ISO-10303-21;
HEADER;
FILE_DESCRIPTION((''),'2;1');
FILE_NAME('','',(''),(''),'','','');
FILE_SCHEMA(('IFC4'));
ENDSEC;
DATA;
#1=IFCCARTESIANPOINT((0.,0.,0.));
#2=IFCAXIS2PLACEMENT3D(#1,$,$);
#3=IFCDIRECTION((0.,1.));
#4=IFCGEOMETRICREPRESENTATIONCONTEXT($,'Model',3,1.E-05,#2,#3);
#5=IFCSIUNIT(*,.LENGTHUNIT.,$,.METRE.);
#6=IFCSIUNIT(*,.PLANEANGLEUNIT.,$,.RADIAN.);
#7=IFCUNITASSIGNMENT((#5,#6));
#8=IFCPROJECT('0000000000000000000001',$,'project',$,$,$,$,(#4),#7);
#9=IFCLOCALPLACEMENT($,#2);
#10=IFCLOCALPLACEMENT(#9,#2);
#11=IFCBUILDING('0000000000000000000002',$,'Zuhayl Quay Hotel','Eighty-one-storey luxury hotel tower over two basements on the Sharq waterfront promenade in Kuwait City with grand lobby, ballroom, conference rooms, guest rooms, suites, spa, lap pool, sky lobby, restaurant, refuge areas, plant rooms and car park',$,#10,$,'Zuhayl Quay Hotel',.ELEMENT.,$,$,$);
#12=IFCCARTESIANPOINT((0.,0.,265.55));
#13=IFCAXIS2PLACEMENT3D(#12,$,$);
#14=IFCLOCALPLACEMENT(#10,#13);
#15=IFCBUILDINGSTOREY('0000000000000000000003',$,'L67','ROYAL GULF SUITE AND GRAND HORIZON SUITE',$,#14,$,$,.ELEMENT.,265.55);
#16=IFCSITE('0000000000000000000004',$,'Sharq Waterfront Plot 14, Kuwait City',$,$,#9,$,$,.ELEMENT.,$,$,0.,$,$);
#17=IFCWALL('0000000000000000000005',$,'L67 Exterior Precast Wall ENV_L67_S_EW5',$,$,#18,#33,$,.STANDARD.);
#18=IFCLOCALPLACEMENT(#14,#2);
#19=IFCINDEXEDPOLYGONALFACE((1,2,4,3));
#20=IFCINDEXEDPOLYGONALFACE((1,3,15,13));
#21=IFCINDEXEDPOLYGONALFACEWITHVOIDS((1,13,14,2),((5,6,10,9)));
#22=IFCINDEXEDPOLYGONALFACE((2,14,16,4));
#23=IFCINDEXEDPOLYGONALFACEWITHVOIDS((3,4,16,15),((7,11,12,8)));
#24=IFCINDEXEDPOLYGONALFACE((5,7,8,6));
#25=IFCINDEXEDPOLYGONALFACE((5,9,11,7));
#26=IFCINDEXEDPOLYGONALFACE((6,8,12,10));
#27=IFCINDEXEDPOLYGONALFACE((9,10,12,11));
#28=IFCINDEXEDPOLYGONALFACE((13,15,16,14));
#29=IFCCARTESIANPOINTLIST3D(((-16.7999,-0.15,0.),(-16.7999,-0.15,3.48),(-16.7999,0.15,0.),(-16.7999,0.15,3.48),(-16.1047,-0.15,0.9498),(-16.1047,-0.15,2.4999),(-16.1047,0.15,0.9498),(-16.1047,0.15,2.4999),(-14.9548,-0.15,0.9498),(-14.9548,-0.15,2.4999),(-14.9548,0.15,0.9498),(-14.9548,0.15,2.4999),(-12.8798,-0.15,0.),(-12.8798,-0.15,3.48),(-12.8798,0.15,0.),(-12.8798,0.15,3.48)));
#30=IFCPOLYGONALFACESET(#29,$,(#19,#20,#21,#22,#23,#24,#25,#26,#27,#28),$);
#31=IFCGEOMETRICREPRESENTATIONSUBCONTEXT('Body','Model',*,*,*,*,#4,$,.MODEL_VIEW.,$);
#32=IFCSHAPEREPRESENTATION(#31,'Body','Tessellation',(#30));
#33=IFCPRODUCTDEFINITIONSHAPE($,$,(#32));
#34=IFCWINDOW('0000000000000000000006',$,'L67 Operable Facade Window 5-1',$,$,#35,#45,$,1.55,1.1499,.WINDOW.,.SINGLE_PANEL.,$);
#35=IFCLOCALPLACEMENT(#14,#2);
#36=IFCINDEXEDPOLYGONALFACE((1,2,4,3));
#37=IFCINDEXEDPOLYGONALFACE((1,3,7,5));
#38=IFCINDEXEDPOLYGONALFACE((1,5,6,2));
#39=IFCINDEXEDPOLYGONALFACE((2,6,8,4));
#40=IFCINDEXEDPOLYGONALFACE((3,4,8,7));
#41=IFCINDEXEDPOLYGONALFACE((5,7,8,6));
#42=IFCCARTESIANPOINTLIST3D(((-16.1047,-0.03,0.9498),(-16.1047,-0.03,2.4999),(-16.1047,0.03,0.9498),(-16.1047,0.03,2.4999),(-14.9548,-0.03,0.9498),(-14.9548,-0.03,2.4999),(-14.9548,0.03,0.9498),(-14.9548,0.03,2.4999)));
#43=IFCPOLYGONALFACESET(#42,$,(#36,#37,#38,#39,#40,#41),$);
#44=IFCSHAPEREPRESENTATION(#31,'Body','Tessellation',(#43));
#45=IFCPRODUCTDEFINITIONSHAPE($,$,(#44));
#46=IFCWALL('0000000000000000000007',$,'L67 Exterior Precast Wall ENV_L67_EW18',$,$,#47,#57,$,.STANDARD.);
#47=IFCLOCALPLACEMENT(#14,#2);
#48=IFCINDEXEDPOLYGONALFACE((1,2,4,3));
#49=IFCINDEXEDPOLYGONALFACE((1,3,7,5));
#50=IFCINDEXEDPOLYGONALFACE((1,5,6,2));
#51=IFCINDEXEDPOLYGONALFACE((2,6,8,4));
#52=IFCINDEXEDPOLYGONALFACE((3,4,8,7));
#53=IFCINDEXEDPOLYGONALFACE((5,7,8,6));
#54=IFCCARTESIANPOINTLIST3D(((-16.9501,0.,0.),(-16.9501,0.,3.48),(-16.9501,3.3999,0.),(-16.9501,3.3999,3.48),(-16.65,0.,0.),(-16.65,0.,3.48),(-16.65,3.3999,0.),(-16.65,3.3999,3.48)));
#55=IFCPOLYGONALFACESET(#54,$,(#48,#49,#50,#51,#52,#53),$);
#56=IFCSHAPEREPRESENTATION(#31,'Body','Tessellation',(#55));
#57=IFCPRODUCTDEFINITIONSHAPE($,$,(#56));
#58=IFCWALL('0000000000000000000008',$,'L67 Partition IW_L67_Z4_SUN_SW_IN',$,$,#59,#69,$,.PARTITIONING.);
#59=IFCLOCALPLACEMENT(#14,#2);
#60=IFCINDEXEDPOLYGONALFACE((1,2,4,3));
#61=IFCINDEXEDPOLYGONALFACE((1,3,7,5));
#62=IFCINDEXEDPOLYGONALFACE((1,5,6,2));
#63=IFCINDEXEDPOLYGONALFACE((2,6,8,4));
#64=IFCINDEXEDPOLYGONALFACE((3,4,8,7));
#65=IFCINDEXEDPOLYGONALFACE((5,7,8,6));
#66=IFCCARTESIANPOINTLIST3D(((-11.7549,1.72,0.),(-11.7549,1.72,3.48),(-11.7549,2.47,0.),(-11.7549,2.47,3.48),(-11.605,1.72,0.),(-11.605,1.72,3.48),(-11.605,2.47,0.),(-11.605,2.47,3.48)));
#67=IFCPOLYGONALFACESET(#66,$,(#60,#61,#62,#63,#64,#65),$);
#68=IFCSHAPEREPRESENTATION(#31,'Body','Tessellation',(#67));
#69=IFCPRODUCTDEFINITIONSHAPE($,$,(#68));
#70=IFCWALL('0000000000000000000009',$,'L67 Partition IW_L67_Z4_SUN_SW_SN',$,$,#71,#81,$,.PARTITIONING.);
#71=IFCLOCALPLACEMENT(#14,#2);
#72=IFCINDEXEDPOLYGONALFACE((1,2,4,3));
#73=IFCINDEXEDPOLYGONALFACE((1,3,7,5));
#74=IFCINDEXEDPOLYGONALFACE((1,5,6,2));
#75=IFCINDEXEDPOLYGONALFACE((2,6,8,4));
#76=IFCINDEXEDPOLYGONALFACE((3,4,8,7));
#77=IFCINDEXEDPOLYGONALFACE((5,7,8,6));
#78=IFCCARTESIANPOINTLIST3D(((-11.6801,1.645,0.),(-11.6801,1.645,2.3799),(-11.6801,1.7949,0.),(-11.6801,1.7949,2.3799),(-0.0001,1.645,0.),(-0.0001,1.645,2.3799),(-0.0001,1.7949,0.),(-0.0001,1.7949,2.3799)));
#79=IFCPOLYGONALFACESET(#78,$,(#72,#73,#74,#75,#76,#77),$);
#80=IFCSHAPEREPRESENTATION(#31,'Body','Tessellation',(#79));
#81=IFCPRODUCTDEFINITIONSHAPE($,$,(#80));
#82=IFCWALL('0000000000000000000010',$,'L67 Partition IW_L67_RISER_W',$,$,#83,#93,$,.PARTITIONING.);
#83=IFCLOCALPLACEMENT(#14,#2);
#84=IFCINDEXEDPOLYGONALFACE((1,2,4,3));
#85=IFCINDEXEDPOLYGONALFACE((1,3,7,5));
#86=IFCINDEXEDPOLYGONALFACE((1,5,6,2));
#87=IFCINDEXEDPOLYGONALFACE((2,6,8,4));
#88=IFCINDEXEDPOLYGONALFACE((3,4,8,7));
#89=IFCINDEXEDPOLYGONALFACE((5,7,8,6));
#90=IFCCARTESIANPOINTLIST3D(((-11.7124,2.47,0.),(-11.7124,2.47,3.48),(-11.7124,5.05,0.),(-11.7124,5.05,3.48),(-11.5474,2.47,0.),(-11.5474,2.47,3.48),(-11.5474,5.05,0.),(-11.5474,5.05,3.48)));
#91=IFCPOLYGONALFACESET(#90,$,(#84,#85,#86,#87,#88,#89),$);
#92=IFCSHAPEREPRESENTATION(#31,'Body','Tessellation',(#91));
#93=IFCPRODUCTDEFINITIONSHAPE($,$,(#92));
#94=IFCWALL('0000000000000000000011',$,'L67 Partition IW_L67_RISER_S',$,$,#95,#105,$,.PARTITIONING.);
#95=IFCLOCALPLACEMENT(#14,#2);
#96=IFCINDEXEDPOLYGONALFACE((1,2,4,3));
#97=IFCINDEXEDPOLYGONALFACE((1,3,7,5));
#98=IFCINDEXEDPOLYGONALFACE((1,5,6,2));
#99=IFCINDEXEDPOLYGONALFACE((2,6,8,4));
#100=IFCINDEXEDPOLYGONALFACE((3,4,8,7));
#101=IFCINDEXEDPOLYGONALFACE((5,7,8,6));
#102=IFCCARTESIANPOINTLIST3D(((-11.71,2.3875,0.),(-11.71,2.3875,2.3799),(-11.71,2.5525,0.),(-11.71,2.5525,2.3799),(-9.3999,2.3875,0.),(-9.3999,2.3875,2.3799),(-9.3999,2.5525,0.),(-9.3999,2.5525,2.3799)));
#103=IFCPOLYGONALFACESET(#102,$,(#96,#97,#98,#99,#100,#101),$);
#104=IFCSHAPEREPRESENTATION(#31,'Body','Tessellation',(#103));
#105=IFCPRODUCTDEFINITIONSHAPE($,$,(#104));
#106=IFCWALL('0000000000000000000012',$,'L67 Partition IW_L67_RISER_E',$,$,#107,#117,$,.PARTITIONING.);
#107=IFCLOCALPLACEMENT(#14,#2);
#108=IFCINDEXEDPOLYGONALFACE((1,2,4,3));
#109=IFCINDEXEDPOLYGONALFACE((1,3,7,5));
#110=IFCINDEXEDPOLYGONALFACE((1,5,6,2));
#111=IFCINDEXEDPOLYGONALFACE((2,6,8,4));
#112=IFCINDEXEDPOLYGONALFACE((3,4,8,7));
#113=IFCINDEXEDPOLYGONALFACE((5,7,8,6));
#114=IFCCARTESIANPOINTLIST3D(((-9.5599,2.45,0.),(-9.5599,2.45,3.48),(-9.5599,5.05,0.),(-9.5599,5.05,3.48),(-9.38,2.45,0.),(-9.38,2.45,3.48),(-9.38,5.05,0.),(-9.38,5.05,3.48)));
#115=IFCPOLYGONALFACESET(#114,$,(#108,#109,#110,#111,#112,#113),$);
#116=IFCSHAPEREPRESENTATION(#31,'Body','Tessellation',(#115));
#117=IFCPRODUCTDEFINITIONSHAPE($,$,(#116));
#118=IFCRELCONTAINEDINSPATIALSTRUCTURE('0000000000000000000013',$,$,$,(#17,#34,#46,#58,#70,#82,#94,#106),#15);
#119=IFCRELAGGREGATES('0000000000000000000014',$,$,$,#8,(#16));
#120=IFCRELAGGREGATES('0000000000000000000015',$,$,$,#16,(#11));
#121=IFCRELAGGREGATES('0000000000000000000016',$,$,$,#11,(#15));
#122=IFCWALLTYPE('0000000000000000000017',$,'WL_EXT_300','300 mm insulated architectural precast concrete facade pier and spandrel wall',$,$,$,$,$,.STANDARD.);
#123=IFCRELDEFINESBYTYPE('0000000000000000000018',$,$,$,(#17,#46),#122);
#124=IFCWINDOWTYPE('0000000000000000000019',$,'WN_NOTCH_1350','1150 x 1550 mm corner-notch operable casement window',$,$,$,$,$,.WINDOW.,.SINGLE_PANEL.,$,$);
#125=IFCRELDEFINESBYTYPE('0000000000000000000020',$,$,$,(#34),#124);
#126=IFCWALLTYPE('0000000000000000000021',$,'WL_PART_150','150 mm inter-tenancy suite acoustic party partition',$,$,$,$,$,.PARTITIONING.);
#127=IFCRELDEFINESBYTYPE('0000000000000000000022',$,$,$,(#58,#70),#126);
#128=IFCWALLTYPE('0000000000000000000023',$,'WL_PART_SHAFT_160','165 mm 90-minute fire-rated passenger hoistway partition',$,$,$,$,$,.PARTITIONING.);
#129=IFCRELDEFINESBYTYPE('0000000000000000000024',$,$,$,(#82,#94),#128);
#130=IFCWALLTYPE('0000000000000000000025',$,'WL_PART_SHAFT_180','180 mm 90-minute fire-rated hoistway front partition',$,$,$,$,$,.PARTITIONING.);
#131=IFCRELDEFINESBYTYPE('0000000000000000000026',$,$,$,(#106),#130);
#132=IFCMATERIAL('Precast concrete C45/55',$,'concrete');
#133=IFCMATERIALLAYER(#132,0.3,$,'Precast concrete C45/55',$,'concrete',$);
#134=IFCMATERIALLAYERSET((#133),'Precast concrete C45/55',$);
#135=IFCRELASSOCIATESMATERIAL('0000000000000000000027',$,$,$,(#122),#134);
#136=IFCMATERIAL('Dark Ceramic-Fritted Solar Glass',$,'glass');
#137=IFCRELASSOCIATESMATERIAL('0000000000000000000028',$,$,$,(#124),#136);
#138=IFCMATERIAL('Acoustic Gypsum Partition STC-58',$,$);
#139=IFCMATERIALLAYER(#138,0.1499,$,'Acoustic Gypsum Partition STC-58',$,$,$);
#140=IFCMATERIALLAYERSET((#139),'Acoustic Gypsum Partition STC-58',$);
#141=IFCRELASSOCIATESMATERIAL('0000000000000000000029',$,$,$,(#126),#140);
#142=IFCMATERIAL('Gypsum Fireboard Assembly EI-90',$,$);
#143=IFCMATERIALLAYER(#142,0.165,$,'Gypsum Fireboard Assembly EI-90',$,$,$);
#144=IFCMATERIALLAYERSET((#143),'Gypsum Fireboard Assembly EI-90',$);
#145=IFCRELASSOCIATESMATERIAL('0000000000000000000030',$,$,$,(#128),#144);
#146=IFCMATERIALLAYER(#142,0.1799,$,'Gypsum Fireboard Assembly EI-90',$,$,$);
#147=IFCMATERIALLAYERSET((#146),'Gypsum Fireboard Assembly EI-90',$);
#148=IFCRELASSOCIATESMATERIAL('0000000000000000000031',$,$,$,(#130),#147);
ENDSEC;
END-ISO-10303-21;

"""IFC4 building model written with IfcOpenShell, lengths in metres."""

from ifc_helpers import new_model, si_unit, direction, frame, frame_2d, origin, place, context, subcontext, project, spatial, rectangle, extrude, material, layer, layer_set, type_object, element, fill, save


model = new_model("IFC4")

# Units and contexts
model_context = context("Model", 3, precision=1e-05, world=origin(), true_north=direction((0.0, 1.0)))
body_context = subcontext(model_context, "Body", "Model", "MODEL_VIEW")
ifc_project = project(units=[si_unit("LENGTHUNIT", "METRE"), si_unit("PLANEANGLEUNIT", "RADIAN")], contexts=[model_context])

# Site, building, storey
site_placement = place(None, origin())
site = spatial("IfcSite", under=ifc_project, at=site_placement, Name="Sharq Waterfront Plot 14, Kuwait City", CompositionType="ELEMENT", RefElevation=0.0)
building_placement = place(site_placement, origin())
building = spatial("IfcBuilding", under=site, at=building_placement, Name="Zuhayl Quay Hotel", Description="Eighty-one-storey luxury hotel tower over two basements on the Sharq waterfront promenade in Kuwait City with grand lobby, ballroom, conference rooms, guest rooms, suites, spa, lap pool, sky lobby, restaurant, refuge areas, plant rooms and car park", LongName="Zuhayl Quay Hotel", CompositionType="ELEMENT")
storey_placement = place(building_placement, frame((0.0, 0.0, 265.55)))
storey = spatial("IfcBuildingStorey", under=building, at=storey_placement, Name="L67", Description="ROYAL GULF SUITE AND GRAND HORIZON SUITE", CompositionType="ELEMENT", Elevation=265.55)

# Shared definitions
ifc_material_1 = material(Name="Dark Ceramic-Fritted Solar Glass", Category="glass")

# Shared definitions
ifc_material_2 = material(Name="Precast concrete C45/55", Category="concrete")
ifc_layer_1 = layer(ifc_material_2, 0.3, Name="Precast concrete C45/55", Category="concrete")
ifc_layer_set_1 = layer_set([ifc_layer_1], Name="Precast concrete C45/55")
wall_type_1 = type_object("IfcWallType", Name="WL_EXT_300", Description="300 mm insulated architectural precast concrete facade pier and spandrel wall", PredefinedType="STANDARD", material=ifc_layer_set_1)

# Wall, opening, window
wall_1_placement = place(storey_placement, frame((-12.8799, 0.0, 0.0), z_axis=(0.0, 0.0, 1.0), x_axis=(-1.0, 0.0, 0.0)))
wall_1 = element("IfcWall", 1, at=wall_1_placement, inside=storey, type_object=wall_type_1, Name="L67 Exterior Precast Wall ENV_L67_S_EW5", PredefinedType="STANDARD", context=body_context, shape_type="SweptSolid", body=[
    extrude(rectangle(XDim=3.9202, YDim=0.3, at=frame_2d((1.96, 0.0))), origin(), (0.0, 0.0, 1.0), 3.48),
])
opening_1_placement = place(wall_1_placement, frame((2.075, 0.0, 0.95)))
opening_1 = element("IfcOpeningElement", 2, at=opening_1_placement, cuts=wall_1, PredefinedType="OPENING", context=body_context, shape_type="SweptSolid", body=[
    extrude(rectangle(XDim=1.1499, YDim=1.55, at=frame_2d((0.575, 0.7749))), frame((0.0, 0.1599, 0.0), z_axis=(0.0, -1.0, 0.0), x_axis=(1.0, 0.0, 0.0)), (0.0, 0.0, 1.0), 0.3201),
])
window_type = type_object("IfcWindowType", Name="WN_NOTCH_1350", Description="1150 x 1550 mm corner-notch operable casement window", PartitioningType="SINGLE_PANEL", PredefinedType="WINDOW", material=ifc_material_1)
window_placement = place(opening_1_placement, origin())
window = element("IfcWindow", 3, at=window_placement, inside=storey, type_object=window_type, Name="L67 Operable Facade Window 5-1", OverallHeight=1.55, OverallWidth=1.1499, PartitioningType="SINGLE_PANEL", PredefinedType="WINDOW", context=body_context, shape_type="SweptSolid", body=[
    extrude(rectangle(XDim=1.1499, YDim=1.55, at=frame_2d((0.575, 0.7749))), frame((0.0, 0.03, 0.0), z_axis=(0.0, -1.0, 0.0), x_axis=(1.0, 0.0, 0.0)), (0.0, 0.0, 1.0), 0.0601),
])
fill(opening_1, window)

# Walls
wall_2_placement = place(storey_placement, frame((-16.8, 0.0, 0.0), z_axis=(0.0, 0.0, 1.0), x_axis=(0.0, 1.0, 0.0)))
element("IfcWall", 4, at=wall_2_placement, inside=storey, type_object=wall_type_1, Name="L67 Exterior Precast Wall ENV_L67_EW18", PredefinedType="STANDARD", context=body_context, shape_type="SweptSolid", body=[
    extrude(rectangle(XDim=3.3999, YDim=0.3, at=frame_2d((1.7, 0.0))), origin(), (0.0, 0.0, 1.0), 3.48),
])
ifc_material_3 = material(Name="Acoustic Gypsum Partition STC-58")
ifc_layer_2 = layer(ifc_material_3, 0.1499, Name="Acoustic Gypsum Partition STC-58")
ifc_layer_set_2 = layer_set([ifc_layer_2], Name="Acoustic Gypsum Partition STC-58")
wall_type_2 = type_object("IfcWallType", Name="WL_PART_150", Description="150 mm inter-tenancy suite acoustic party partition", PredefinedType="PARTITIONING", material=ifc_layer_set_2)
wall_3_placement = place(storey_placement, frame((-11.6799, 1.72, 0.0), z_axis=(0.0, 0.0, 1.0), x_axis=(0.0, 1.0, 0.0)))
element("IfcWall", 5, at=wall_3_placement, inside=storey, type_object=wall_type_2, Name="L67 Partition IW_L67_Z4_SUN_SW_IN", PredefinedType="PARTITIONING", context=body_context, shape_type="SweptSolid", body=[
    extrude(rectangle(XDim=0.75, YDim=0.1499, at=frame_2d((0.375, 0.0))), origin(), (0.0, 0.0, 1.0), 3.48),
])
wall_4_placement = place(storey_placement, frame((-11.6799, 1.72, 0.0), z_axis=(0.0, 0.0, 1.0), x_axis=(1.0, 0.0, 0.0)))
element("IfcWall", 6, at=wall_4_placement, inside=storey, type_object=wall_type_2, Name="L67 Partition IW_L67_Z4_SUN_SW_SN", PredefinedType="PARTITIONING", context=body_context, shape_type="SweptSolid", body=[
    extrude(rectangle(XDim=11.6799, YDim=0.1499, at=frame_2d((5.8398, 0.0))), origin(), (0.0, 0.0, 1.0), 2.3799),
])

# Walls
ifc_material_4 = material(Name="Gypsum Fireboard Assembly EI-90")
ifc_layer_3 = layer(ifc_material_4, 0.165, Name="Gypsum Fireboard Assembly EI-90")
ifc_layer_set_3 = layer_set([ifc_layer_3], Name="Gypsum Fireboard Assembly EI-90")
wall_type_3 = type_object("IfcWallType", Name="WL_PART_SHAFT_160", Description="165 mm 90-minute fire-rated passenger hoistway partition", PredefinedType="PARTITIONING", material=ifc_layer_set_3)
wall_5_placement = place(storey_placement, frame((-11.6299, 2.47, 0.0), z_axis=(0.0, 0.0, 1.0), x_axis=(0.0, 1.0, 0.0)))
element("IfcWall", 7, at=wall_5_placement, inside=storey, type_object=wall_type_3, Name="L67 Partition IW_L67_RISER_W", PredefinedType="PARTITIONING", context=body_context, shape_type="SweptSolid", body=[
    extrude(rectangle(XDim=2.5801, YDim=0.165, at=frame_2d((1.29, 0.0))), origin(), (0.0, 0.0, 1.0), 3.48),
])
wall_6_placement = place(storey_placement, frame((-11.71, 2.47, 0.0), z_axis=(0.0, 0.0, 1.0), x_axis=(1.0, 0.0, 0.0)))
element("IfcWall", 8, at=wall_6_placement, inside=storey, type_object=wall_type_3, Name="L67 Partition IW_L67_RISER_S", PredefinedType="PARTITIONING", context=body_context, shape_type="SweptSolid", body=[
    extrude(rectangle(XDim=2.3101, YDim=0.165, at=frame_2d((1.155, 0.0))), origin(), (0.0, 0.0, 1.0), 2.3799),
])
ifc_layer_4 = layer(ifc_material_4, 0.1799, Name="Gypsum Fireboard Assembly EI-90")
ifc_layer_set_4 = layer_set([ifc_layer_4], Name="Gypsum Fireboard Assembly EI-90")
wall_type_4 = type_object("IfcWallType", Name="WL_PART_SHAFT_180", Description="180 mm 90-minute fire-rated hoistway front partition", PredefinedType="PARTITIONING", material=ifc_layer_set_4)
wall_7_placement = place(storey_placement, frame((-9.47, 2.45, 0.0), z_axis=(0.0, 0.0, 1.0), x_axis=(0.0, 1.0, 0.0)))
element("IfcWall", 9, at=wall_7_placement, inside=storey, type_object=wall_type_4, Name="L67 Partition IW_L67_RISER_E", PredefinedType="PARTITIONING", context=body_context, shape_type="SweptSolid", body=[
    extrude(rectangle(XDim=2.6001, YDim=0.1799, at=frame_2d((1.3, 0.0))), origin(), (0.0, 0.0, 1.0), 3.48),
])

save(model, "model.ifc")
